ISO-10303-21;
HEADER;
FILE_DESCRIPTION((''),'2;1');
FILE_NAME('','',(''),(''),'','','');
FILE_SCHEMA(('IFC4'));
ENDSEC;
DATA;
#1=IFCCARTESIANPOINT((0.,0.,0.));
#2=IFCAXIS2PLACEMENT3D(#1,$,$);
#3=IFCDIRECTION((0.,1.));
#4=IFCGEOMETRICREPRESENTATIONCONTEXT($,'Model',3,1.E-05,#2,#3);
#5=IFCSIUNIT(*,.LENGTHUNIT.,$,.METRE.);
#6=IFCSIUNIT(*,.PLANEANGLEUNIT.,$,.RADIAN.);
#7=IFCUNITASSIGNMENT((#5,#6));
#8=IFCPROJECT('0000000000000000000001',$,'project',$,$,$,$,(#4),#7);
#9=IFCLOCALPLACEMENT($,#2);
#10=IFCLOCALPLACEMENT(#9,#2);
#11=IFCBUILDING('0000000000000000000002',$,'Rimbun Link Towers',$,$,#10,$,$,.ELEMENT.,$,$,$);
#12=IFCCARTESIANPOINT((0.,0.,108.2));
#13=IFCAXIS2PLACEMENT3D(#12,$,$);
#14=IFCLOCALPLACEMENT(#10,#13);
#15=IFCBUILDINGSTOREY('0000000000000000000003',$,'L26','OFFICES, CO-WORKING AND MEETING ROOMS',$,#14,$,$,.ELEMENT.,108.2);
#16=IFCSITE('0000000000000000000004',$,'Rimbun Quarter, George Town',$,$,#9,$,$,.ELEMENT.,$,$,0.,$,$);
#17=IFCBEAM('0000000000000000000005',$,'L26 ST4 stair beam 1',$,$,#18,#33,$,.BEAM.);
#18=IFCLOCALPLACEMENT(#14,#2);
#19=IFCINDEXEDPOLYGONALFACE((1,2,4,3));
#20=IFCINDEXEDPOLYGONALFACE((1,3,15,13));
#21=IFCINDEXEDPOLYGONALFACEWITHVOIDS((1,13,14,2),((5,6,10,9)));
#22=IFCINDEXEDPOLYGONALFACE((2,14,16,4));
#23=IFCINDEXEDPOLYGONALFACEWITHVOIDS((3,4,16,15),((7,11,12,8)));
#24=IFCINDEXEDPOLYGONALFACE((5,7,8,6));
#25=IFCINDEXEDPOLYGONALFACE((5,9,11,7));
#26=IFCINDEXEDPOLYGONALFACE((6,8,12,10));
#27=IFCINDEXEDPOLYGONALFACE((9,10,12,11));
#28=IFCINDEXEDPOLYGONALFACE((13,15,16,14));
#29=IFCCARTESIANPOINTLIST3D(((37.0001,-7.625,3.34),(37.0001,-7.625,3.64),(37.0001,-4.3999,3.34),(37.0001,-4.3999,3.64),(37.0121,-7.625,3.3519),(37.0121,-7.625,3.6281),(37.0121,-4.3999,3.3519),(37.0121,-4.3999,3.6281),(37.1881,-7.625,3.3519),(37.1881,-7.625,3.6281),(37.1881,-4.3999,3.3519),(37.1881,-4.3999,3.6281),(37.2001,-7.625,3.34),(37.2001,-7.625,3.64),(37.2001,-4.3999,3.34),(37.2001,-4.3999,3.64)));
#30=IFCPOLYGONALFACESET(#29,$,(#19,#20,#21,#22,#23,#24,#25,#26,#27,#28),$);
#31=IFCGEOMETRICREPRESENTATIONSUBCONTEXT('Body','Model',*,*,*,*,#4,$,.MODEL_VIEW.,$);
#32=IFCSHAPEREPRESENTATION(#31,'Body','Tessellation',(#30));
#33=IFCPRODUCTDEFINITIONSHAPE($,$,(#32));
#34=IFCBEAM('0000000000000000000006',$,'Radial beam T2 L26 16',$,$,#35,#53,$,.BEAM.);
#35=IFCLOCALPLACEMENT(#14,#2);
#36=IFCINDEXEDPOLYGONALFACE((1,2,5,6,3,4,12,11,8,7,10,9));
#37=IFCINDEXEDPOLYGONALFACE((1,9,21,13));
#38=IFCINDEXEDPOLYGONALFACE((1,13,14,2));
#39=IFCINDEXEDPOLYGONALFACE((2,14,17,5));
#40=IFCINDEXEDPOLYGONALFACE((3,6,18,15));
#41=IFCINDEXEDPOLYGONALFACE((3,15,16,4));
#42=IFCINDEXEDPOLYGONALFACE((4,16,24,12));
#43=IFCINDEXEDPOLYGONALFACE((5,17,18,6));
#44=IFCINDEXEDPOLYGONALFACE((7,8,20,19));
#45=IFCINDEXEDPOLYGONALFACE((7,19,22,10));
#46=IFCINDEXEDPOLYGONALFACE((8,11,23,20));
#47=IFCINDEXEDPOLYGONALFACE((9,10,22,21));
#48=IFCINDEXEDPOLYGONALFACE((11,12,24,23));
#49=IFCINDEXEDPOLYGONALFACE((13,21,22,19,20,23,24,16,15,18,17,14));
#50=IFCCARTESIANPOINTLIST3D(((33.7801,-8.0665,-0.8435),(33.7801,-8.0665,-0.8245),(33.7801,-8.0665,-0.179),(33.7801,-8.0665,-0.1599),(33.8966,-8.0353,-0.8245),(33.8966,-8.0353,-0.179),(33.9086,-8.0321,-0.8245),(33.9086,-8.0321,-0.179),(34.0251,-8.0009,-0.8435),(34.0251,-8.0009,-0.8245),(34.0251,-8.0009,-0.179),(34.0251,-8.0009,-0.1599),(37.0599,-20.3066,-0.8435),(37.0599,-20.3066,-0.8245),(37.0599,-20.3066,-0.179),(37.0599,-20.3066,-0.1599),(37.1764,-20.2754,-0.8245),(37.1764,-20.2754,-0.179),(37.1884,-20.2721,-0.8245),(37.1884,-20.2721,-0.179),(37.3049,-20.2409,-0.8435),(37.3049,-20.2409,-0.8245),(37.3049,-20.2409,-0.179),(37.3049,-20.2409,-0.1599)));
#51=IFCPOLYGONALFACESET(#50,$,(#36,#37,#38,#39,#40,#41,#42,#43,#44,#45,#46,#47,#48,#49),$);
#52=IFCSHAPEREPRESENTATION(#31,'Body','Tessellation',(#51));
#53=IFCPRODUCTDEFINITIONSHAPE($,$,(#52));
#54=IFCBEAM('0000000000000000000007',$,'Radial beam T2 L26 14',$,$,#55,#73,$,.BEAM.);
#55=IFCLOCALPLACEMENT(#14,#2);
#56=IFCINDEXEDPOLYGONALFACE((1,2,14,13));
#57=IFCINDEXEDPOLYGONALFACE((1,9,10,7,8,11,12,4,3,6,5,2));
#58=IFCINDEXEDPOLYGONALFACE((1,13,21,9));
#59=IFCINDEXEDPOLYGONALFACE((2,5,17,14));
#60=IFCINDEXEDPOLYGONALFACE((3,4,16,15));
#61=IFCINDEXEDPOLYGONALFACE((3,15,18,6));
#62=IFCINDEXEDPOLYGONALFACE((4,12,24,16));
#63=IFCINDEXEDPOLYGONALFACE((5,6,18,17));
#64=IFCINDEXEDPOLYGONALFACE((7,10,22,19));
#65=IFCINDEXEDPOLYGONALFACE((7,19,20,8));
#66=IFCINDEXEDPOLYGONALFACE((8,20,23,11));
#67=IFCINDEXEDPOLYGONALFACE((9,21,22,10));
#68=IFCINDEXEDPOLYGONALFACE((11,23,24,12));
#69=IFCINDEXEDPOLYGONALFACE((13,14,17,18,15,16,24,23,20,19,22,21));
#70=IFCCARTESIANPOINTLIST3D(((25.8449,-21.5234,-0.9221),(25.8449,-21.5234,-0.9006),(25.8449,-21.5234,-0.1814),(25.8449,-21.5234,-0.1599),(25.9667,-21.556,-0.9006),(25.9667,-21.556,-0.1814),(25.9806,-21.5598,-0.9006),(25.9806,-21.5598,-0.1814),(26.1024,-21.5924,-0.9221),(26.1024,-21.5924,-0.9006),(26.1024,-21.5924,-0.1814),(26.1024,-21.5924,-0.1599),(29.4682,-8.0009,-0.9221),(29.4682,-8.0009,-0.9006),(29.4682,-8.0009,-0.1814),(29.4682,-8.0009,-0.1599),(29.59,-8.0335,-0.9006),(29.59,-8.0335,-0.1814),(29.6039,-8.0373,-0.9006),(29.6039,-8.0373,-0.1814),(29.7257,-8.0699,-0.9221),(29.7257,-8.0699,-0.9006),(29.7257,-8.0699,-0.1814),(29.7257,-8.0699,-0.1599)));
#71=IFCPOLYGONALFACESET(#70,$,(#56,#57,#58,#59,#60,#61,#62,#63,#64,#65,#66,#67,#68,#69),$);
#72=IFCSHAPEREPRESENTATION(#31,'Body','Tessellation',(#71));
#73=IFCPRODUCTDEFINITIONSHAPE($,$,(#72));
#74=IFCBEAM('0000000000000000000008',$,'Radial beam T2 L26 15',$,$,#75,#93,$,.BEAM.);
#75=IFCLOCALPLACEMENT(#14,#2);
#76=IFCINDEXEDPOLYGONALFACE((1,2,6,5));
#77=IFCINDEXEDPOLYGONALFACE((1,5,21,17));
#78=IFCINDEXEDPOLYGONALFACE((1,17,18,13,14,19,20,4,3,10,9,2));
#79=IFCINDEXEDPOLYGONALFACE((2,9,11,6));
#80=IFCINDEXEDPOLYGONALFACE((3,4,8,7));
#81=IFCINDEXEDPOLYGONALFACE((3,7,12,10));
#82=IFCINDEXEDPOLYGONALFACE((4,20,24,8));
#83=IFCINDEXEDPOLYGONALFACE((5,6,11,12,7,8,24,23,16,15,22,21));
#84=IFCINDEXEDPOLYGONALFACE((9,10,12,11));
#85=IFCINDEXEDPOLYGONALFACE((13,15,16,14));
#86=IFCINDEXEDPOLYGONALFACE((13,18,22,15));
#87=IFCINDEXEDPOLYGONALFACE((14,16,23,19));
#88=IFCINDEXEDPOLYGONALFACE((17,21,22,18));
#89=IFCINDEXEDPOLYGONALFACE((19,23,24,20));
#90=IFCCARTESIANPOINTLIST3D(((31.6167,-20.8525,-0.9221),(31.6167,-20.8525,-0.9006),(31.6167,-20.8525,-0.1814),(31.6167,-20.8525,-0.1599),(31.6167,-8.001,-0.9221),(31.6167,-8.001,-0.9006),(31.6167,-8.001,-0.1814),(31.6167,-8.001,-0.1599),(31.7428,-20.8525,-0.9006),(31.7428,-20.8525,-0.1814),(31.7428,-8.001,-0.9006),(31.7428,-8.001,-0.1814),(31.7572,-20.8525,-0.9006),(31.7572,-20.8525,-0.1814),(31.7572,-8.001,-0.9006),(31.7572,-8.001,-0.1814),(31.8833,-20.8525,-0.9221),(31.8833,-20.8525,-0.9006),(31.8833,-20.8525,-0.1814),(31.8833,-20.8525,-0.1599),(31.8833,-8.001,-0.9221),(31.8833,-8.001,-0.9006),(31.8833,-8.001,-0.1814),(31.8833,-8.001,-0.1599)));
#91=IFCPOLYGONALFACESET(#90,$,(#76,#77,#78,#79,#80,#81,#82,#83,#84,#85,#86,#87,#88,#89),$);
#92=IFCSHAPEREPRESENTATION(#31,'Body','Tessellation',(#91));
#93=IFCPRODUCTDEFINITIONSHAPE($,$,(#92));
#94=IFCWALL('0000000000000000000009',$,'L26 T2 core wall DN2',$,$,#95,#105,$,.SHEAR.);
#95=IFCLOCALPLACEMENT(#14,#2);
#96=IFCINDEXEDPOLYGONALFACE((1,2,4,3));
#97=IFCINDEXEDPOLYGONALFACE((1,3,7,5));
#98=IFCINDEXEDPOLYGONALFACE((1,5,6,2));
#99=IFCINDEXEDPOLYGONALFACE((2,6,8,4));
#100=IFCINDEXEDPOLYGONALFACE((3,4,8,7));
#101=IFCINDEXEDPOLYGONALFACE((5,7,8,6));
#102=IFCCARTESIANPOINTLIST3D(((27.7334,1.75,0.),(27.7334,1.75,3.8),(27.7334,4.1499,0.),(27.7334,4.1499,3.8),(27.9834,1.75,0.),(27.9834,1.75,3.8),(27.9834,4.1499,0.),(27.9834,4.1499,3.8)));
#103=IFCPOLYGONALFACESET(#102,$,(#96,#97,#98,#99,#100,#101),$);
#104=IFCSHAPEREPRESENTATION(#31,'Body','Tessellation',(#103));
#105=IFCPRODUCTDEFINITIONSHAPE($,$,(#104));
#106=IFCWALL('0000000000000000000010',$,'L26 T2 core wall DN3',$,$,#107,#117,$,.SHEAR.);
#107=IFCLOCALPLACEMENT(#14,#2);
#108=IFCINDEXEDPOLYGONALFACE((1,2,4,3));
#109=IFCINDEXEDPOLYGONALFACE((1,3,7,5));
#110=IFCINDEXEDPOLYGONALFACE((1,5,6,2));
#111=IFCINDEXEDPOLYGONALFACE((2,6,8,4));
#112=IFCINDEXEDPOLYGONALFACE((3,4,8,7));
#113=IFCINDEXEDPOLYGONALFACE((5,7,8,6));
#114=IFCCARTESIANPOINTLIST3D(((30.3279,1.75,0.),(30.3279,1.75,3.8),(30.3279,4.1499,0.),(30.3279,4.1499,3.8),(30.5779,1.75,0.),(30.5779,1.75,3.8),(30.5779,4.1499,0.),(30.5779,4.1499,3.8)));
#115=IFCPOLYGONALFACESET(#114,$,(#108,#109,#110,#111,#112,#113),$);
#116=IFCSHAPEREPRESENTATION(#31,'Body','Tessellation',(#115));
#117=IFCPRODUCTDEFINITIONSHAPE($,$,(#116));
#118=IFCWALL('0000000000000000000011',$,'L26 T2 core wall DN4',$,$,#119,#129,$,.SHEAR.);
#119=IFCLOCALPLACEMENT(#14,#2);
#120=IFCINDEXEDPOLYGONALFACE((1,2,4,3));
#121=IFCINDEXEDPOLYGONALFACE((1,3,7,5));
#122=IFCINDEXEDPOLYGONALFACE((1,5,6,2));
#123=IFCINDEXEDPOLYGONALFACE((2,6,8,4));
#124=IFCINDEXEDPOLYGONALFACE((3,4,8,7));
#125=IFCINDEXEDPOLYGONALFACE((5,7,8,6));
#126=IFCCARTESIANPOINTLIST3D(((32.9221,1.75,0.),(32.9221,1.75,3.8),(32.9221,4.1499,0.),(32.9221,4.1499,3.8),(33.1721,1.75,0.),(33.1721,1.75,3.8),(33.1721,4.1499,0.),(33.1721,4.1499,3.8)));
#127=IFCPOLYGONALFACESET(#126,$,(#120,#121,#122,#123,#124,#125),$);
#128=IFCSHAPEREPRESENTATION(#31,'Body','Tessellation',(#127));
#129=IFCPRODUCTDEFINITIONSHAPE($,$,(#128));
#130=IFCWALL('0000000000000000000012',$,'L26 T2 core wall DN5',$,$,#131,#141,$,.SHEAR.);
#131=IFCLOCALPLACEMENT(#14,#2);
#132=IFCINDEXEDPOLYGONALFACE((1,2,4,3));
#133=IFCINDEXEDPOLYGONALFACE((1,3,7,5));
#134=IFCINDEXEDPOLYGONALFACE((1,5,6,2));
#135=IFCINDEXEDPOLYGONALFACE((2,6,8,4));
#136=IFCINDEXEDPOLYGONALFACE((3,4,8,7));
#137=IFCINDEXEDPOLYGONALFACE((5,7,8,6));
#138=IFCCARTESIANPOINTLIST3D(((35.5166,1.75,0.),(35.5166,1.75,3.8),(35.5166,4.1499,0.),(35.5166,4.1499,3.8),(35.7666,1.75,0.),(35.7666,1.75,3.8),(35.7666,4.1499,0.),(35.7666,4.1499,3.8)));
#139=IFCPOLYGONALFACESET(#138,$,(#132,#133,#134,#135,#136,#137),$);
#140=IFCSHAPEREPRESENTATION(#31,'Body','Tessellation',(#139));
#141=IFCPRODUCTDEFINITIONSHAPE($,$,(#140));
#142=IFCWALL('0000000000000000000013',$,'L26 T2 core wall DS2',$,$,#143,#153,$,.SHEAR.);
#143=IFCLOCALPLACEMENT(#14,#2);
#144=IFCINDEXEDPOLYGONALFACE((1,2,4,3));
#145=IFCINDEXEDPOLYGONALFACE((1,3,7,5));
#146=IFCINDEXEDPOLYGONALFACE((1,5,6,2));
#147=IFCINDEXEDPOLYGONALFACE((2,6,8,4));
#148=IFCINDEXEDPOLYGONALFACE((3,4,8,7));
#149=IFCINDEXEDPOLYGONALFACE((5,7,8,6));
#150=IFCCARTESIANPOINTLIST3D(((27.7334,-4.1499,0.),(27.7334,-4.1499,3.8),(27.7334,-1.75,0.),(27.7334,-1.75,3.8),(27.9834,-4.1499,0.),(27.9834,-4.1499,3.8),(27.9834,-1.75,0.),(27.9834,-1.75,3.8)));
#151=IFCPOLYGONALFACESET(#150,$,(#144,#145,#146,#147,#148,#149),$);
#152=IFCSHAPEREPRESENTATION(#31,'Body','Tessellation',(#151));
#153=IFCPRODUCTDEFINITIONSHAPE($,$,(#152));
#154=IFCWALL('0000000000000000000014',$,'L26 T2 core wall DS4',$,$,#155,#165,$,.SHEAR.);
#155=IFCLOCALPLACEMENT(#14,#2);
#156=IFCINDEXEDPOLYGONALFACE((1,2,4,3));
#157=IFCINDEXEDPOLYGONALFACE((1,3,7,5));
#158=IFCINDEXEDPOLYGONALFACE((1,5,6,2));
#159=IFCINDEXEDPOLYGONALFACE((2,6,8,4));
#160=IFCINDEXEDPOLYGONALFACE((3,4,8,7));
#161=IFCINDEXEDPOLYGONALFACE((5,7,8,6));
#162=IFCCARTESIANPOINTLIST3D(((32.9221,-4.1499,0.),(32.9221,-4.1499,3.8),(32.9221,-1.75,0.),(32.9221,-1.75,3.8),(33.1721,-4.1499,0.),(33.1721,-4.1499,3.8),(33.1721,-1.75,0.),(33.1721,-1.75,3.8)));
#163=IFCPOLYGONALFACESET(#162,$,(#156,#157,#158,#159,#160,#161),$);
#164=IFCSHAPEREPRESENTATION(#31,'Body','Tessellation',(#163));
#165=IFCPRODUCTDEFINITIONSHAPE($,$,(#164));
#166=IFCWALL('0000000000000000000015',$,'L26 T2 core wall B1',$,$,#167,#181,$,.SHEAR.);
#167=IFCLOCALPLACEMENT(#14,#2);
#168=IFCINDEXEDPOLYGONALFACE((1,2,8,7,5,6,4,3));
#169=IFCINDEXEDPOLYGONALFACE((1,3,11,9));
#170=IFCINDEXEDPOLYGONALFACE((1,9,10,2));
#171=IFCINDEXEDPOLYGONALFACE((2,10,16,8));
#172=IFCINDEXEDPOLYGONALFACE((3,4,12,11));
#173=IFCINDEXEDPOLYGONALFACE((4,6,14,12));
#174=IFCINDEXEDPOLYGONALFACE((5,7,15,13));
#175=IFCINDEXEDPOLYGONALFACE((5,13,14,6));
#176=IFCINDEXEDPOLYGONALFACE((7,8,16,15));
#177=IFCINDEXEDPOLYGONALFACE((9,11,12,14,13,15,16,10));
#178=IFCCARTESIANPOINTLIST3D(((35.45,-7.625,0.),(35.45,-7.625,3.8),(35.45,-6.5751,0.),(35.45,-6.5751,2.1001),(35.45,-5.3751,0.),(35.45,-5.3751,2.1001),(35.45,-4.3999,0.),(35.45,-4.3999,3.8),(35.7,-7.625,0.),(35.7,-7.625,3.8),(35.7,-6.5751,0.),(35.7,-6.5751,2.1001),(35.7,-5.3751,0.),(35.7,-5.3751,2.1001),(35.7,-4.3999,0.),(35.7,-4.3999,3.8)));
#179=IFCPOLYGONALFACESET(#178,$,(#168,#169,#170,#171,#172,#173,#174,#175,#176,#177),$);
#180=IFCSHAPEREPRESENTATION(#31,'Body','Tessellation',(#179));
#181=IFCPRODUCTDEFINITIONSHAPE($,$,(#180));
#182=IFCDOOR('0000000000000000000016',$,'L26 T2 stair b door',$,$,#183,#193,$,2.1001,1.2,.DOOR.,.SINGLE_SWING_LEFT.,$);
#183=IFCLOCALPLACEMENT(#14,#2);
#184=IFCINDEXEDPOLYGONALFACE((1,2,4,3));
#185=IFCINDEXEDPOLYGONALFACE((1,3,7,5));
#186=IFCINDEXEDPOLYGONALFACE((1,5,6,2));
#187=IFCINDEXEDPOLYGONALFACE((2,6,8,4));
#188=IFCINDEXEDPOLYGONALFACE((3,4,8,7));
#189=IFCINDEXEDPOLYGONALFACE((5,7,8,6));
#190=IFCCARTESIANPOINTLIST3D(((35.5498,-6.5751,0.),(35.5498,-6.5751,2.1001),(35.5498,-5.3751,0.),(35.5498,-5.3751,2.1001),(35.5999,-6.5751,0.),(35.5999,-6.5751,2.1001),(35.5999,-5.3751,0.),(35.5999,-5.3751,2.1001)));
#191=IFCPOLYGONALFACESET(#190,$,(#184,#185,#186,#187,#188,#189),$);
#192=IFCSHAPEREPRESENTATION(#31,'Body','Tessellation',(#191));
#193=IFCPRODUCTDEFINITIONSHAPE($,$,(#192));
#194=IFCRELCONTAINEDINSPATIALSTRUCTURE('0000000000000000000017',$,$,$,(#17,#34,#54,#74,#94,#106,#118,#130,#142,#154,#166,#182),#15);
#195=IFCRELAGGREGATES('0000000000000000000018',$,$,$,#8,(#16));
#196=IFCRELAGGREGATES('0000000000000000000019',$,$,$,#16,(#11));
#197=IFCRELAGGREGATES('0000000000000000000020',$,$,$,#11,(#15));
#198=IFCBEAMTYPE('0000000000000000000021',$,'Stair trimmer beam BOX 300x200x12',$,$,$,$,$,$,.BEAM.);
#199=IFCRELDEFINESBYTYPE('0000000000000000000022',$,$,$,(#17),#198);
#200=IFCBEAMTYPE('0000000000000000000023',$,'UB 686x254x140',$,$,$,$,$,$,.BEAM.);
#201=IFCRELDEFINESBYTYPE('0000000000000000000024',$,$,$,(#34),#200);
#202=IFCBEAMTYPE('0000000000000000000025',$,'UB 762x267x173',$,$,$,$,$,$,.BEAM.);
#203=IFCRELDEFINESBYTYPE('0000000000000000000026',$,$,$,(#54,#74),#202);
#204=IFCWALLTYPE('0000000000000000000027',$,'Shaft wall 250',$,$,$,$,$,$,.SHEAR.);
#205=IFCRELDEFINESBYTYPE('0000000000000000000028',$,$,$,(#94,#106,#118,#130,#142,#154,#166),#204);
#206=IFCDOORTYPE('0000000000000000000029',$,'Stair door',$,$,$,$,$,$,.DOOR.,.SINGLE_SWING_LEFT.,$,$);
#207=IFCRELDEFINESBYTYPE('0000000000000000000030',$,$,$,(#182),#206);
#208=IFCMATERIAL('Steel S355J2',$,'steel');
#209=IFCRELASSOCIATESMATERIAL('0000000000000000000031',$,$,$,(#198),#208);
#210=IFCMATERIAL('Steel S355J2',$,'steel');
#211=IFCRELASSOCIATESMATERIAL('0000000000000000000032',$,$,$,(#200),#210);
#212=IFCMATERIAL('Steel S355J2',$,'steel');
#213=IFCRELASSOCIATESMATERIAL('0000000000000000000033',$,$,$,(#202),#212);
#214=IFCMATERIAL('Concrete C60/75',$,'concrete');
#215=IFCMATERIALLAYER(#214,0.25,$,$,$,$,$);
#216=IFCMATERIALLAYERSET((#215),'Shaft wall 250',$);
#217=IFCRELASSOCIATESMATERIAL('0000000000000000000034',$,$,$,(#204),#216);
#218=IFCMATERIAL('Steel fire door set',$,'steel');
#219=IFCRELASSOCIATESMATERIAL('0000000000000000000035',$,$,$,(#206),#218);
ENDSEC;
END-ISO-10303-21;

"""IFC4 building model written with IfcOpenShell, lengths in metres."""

from ifc_helpers import new_model, si_unit, direction, frame, frame_2d, origin, origin_2d, place, context, subcontext, project, spatial, rectangle, hollow_rectangle, i_section, extrude, material, layer, layer_set, material_profile, profile_set, type_object, element, fill, save


model = new_model("IFC4")

# Units and contexts
model_context = context("Model", 3, precision=1e-05, world=origin(), true_north=direction((0.0, 1.0)))
body_context = subcontext(model_context, "Body", "Model", "MODEL_VIEW")
ifc_project = project(units=[si_unit("LENGTHUNIT", "METRE"), si_unit("PLANEANGLEUNIT", "RADIAN")], contexts=[model_context])

# Site, building, storey
site_placement = place(None, origin())
site = spatial("IfcSite", under=ifc_project, at=site_placement, Name="Rimbun Quarter, George Town", CompositionType="ELEMENT", RefElevation=0.0)
building_placement = place(site_placement, origin())
building = spatial("IfcBuilding", under=site, at=building_placement, Name="Rimbun Link Towers", CompositionType="ELEMENT")
storey_placement = place(building_placement, frame((0.0, 0.0, 108.2)))
storey = spatial("IfcBuildingStorey", under=building, at=storey_placement, Name="L26", Description="OFFICES, CO-WORKING AND MEETING ROOMS", CompositionType="ELEMENT", Elevation=108.2)

# Beams
ifc_material_1 = material(Name="Steel S355J2", Category="steel")
ifc_material_profile_1 = material_profile(ifc_material_1, hollow_rectangle(XDim=0.2, YDim=0.3, WallThickness=0.012, at=origin_2d()), Name="BOX 300x200x12")
ifc_profile_set_1 = profile_set([ifc_material_profile_1], Name="Steel S355J2")
beam_type_1 = type_object("IfcBeamType", Name="Stair trimmer beam BOX 300x200x12", PredefinedType="BEAM", material=ifc_profile_set_1)
beam_1_placement = place(storey_placement, frame((37.1001, -7.625, 3.49), z_axis=(0.0, 1.0, 0.0), x_axis=(-1.0, 0.0, 0.0)))
element("IfcBeam", 1, at=beam_1_placement, inside=storey, type_object=beam_type_1, Name="L26 ST4 stair beam 1", PredefinedType="BEAM", context=body_context, shape_type="SweptSolid", body=[
    extrude(hollow_rectangle(XDim=0.2, YDim=0.3, WallThickness=0.012, at=origin_2d()), origin(), (0.0, 0.0, 1.0), 3.2251),
])
ifc_material_2 = material(Name="Steel S355J2", Category="steel")
ifc_material_profile_2 = material_profile(ifc_material_2, i_section(OverallWidth=0.2537, OverallDepth=0.6836, WebThickness=0.0125, FlangeThickness=0.019, at=origin_2d()), Name="UB 686x254x140")
ifc_profile_set_2 = profile_set([ifc_material_profile_2], Name="Steel S355J2")
beam_type_2 = type_object("IfcBeamType", Name="UB 686x254x140", PredefinedType="BEAM", material=ifc_profile_set_2)
beam_2_placement = place(storey_placement, frame((33.9026, -8.0337, -0.5017), z_axis=(0.258826, -0.965924, 0.0), x_axis=(0.965924, 0.258826, 0.0)))
element("IfcBeam", 2, at=beam_2_placement, inside=storey, type_object=beam_type_2, Name="Radial beam T2 L26 16", PredefinedType="BEAM", context=body_context, shape_type="SweptSolid", body=[
    extrude(i_section(OverallWidth=0.2537, OverallDepth=0.6836, WebThickness=0.0125, FlangeThickness=0.019, at=origin_2d()), origin(), (0.0, 0.0, 1.0), 12.6719),
])
ifc_material_3 = material(Name="Steel S355J2", Category="steel")
ifc_material_profile_3 = material_profile(ifc_material_3, i_section(OverallWidth=0.2666, OverallDepth=0.7622, WebThickness=0.0144, FlangeThickness=0.0215, at=origin_2d()), Name="UB 762x267x173")
ifc_profile_set_3 = profile_set([ifc_material_profile_3], Name="Steel S355J2")
beam_type_3 = type_object("IfcBeamType", Name="UB 762x267x173", PredefinedType="BEAM", material=ifc_profile_set_3)
beam_3_placement = place(storey_placement, frame((29.5969, -8.0354, -0.541), z_axis=(-0.258816, -0.965927, 0.0), x_axis=(0.965927, -0.258816, 0.0)))
element("IfcBeam", 3, at=beam_3_placement, inside=storey, type_object=beam_type_3, Name="Radial beam T2 L26 14", PredefinedType="BEAM", context=body_context, shape_type="SweptSolid", body=[
    extrude(i_section(OverallWidth=0.2666, OverallDepth=0.7622, WebThickness=0.0144, FlangeThickness=0.0215, at=origin_2d()), origin(), (0.0, 0.0, 1.0), 13.9995),
])
beam_4_placement = place(storey_placement, frame((31.75, -8.001, -0.541), z_axis=(0.0, -1.0, 0.0), x_axis=(1.0, 0.0, 0.0)))
element("IfcBeam", 4, at=beam_4_placement, inside=storey, type_object=beam_type_3, Name="Radial beam T2 L26 15", PredefinedType="BEAM", context=body_context, shape_type="SweptSolid", body=[
    extrude(i_section(OverallWidth=0.2666, OverallDepth=0.7622, WebThickness=0.0144, FlangeThickness=0.0215, at=origin_2d()), origin(), (0.0, 0.0, 1.0), 12.8516),
])

# Walls
ifc_material_4 = material(Name="Concrete C60/75", Category="concrete")
ifc_layer = layer(ifc_material_4, 0.25)
ifc_layer_set = layer_set([ifc_layer], Name="Shaft wall 250")
wall_type = type_object("IfcWallType", Name="Shaft wall 250", PredefinedType="SHEAR", material=ifc_layer_set)
for number, where, z_axis, x_axis, name in (
    (5, (27.8584, 1.75, 0.0), (0.0, 0.0, 1.0), (0.0, 1.0, 0.0), "L26 T2 core wall DN2"),
    (6, (30.4529, 1.75, 0.0), (0.0, 0.0, 1.0), (0.0, 1.0, 0.0), "L26 T2 core wall DN3"),
    (7, (33.0471, 1.75, 0.0), (0.0, 0.0, 1.0), (0.0, 1.0, 0.0), "L26 T2 core wall DN4"),
    (8, (35.6416, 1.75, 0.0), (0.0, 0.0, 1.0), (0.0, 1.0, 0.0), "L26 T2 core wall DN5"),
    (9, (27.8584, -4.1499, 0.0), (0.0, 0.0, 1.0), (0.0, 1.0, 0.0), "L26 T2 core wall DS2"),
    (10, (33.0471, -4.1499, 0.0), (0.0, 0.0, 1.0), (0.0, 1.0, 0.0), "L26 T2 core wall DS4"),
):
    element("IfcWall", number, at=place(storey_placement, frame(where, z_axis=z_axis, x_axis=x_axis)), inside=storey, type_object=wall_type, Name=name, PredefinedType="SHEAR", context=body_context, shape_type="SweptSolid", body=[
        extrude(rectangle(XDim=2.3999, YDim=0.25, at=frame_2d((1.2, 0.0))), origin(), (0.0, 0.0, 1.0), 3.8),
    ])

# Wall, opening, door
wall_1_placement = place(storey_placement, frame((35.575, -4.3999, 0.0), z_axis=(0.0, 0.0, 1.0), x_axis=(0.0, -1.0, 0.0)))
wall_1 = element("IfcWall", 11, at=wall_1_placement, inside=storey, type_object=wall_type, Name="L26 T2 core wall B1", PredefinedType="SHEAR", context=body_context, shape_type="SweptSolid", body=[
    extrude(rectangle(XDim=3.2251, YDim=0.25, at=frame_2d((1.6125, 0.0))), origin(), (0.0, 0.0, 1.0), 3.8),
])
opening_1_placement = place(wall_1_placement, frame((0.9751, 0.0, 0.0)))
opening_1 = element("IfcOpeningElement", 12, at=opening_1_placement, cuts=wall_1, PredefinedType="OPENING", context=body_context, shape_type="SweptSolid", body=[
    extrude(rectangle(XDim=1.2, YDim=2.1001, at=frame_2d((0.6001, 1.05))), frame((0.0, 0.135, 0.0), z_axis=(0.0, -1.0, 0.0), x_axis=(1.0, 0.0, 0.0)), (0.0, 0.0, 1.0), 0.27),
])
ifc_material_5 = material(Name="Steel fire door set", Category="steel")
door_type_1 = type_object("IfcDoorType", Name="Stair door", OperationType="SINGLE_SWING_LEFT", PredefinedType="DOOR", material=ifc_material_5)
door_1_placement = place(opening_1_placement, origin())
door_1 = element("IfcDoor", 13, at=door_1_placement, inside=storey, type_object=door_type_1, Name="L26 T2 stair b door", OperationType="SINGLE_SWING_LEFT", OverallHeight=2.1001, OverallWidth=1.2, PredefinedType="DOOR", context=body_context, shape_type="SweptSolid", body=[
    extrude(rectangle(XDim=1.2, YDim=2.1001, at=frame_2d((0.6001, 1.05))), frame((0.0, 0.0249, 0.0), z_axis=(0.0, -1.0, 0.0), x_axis=(1.0, 0.0, 0.0)), (0.0, 0.0, 1.0), 0.05),
])
fill(opening_1, door_1)

save(model, "model.ifc")
